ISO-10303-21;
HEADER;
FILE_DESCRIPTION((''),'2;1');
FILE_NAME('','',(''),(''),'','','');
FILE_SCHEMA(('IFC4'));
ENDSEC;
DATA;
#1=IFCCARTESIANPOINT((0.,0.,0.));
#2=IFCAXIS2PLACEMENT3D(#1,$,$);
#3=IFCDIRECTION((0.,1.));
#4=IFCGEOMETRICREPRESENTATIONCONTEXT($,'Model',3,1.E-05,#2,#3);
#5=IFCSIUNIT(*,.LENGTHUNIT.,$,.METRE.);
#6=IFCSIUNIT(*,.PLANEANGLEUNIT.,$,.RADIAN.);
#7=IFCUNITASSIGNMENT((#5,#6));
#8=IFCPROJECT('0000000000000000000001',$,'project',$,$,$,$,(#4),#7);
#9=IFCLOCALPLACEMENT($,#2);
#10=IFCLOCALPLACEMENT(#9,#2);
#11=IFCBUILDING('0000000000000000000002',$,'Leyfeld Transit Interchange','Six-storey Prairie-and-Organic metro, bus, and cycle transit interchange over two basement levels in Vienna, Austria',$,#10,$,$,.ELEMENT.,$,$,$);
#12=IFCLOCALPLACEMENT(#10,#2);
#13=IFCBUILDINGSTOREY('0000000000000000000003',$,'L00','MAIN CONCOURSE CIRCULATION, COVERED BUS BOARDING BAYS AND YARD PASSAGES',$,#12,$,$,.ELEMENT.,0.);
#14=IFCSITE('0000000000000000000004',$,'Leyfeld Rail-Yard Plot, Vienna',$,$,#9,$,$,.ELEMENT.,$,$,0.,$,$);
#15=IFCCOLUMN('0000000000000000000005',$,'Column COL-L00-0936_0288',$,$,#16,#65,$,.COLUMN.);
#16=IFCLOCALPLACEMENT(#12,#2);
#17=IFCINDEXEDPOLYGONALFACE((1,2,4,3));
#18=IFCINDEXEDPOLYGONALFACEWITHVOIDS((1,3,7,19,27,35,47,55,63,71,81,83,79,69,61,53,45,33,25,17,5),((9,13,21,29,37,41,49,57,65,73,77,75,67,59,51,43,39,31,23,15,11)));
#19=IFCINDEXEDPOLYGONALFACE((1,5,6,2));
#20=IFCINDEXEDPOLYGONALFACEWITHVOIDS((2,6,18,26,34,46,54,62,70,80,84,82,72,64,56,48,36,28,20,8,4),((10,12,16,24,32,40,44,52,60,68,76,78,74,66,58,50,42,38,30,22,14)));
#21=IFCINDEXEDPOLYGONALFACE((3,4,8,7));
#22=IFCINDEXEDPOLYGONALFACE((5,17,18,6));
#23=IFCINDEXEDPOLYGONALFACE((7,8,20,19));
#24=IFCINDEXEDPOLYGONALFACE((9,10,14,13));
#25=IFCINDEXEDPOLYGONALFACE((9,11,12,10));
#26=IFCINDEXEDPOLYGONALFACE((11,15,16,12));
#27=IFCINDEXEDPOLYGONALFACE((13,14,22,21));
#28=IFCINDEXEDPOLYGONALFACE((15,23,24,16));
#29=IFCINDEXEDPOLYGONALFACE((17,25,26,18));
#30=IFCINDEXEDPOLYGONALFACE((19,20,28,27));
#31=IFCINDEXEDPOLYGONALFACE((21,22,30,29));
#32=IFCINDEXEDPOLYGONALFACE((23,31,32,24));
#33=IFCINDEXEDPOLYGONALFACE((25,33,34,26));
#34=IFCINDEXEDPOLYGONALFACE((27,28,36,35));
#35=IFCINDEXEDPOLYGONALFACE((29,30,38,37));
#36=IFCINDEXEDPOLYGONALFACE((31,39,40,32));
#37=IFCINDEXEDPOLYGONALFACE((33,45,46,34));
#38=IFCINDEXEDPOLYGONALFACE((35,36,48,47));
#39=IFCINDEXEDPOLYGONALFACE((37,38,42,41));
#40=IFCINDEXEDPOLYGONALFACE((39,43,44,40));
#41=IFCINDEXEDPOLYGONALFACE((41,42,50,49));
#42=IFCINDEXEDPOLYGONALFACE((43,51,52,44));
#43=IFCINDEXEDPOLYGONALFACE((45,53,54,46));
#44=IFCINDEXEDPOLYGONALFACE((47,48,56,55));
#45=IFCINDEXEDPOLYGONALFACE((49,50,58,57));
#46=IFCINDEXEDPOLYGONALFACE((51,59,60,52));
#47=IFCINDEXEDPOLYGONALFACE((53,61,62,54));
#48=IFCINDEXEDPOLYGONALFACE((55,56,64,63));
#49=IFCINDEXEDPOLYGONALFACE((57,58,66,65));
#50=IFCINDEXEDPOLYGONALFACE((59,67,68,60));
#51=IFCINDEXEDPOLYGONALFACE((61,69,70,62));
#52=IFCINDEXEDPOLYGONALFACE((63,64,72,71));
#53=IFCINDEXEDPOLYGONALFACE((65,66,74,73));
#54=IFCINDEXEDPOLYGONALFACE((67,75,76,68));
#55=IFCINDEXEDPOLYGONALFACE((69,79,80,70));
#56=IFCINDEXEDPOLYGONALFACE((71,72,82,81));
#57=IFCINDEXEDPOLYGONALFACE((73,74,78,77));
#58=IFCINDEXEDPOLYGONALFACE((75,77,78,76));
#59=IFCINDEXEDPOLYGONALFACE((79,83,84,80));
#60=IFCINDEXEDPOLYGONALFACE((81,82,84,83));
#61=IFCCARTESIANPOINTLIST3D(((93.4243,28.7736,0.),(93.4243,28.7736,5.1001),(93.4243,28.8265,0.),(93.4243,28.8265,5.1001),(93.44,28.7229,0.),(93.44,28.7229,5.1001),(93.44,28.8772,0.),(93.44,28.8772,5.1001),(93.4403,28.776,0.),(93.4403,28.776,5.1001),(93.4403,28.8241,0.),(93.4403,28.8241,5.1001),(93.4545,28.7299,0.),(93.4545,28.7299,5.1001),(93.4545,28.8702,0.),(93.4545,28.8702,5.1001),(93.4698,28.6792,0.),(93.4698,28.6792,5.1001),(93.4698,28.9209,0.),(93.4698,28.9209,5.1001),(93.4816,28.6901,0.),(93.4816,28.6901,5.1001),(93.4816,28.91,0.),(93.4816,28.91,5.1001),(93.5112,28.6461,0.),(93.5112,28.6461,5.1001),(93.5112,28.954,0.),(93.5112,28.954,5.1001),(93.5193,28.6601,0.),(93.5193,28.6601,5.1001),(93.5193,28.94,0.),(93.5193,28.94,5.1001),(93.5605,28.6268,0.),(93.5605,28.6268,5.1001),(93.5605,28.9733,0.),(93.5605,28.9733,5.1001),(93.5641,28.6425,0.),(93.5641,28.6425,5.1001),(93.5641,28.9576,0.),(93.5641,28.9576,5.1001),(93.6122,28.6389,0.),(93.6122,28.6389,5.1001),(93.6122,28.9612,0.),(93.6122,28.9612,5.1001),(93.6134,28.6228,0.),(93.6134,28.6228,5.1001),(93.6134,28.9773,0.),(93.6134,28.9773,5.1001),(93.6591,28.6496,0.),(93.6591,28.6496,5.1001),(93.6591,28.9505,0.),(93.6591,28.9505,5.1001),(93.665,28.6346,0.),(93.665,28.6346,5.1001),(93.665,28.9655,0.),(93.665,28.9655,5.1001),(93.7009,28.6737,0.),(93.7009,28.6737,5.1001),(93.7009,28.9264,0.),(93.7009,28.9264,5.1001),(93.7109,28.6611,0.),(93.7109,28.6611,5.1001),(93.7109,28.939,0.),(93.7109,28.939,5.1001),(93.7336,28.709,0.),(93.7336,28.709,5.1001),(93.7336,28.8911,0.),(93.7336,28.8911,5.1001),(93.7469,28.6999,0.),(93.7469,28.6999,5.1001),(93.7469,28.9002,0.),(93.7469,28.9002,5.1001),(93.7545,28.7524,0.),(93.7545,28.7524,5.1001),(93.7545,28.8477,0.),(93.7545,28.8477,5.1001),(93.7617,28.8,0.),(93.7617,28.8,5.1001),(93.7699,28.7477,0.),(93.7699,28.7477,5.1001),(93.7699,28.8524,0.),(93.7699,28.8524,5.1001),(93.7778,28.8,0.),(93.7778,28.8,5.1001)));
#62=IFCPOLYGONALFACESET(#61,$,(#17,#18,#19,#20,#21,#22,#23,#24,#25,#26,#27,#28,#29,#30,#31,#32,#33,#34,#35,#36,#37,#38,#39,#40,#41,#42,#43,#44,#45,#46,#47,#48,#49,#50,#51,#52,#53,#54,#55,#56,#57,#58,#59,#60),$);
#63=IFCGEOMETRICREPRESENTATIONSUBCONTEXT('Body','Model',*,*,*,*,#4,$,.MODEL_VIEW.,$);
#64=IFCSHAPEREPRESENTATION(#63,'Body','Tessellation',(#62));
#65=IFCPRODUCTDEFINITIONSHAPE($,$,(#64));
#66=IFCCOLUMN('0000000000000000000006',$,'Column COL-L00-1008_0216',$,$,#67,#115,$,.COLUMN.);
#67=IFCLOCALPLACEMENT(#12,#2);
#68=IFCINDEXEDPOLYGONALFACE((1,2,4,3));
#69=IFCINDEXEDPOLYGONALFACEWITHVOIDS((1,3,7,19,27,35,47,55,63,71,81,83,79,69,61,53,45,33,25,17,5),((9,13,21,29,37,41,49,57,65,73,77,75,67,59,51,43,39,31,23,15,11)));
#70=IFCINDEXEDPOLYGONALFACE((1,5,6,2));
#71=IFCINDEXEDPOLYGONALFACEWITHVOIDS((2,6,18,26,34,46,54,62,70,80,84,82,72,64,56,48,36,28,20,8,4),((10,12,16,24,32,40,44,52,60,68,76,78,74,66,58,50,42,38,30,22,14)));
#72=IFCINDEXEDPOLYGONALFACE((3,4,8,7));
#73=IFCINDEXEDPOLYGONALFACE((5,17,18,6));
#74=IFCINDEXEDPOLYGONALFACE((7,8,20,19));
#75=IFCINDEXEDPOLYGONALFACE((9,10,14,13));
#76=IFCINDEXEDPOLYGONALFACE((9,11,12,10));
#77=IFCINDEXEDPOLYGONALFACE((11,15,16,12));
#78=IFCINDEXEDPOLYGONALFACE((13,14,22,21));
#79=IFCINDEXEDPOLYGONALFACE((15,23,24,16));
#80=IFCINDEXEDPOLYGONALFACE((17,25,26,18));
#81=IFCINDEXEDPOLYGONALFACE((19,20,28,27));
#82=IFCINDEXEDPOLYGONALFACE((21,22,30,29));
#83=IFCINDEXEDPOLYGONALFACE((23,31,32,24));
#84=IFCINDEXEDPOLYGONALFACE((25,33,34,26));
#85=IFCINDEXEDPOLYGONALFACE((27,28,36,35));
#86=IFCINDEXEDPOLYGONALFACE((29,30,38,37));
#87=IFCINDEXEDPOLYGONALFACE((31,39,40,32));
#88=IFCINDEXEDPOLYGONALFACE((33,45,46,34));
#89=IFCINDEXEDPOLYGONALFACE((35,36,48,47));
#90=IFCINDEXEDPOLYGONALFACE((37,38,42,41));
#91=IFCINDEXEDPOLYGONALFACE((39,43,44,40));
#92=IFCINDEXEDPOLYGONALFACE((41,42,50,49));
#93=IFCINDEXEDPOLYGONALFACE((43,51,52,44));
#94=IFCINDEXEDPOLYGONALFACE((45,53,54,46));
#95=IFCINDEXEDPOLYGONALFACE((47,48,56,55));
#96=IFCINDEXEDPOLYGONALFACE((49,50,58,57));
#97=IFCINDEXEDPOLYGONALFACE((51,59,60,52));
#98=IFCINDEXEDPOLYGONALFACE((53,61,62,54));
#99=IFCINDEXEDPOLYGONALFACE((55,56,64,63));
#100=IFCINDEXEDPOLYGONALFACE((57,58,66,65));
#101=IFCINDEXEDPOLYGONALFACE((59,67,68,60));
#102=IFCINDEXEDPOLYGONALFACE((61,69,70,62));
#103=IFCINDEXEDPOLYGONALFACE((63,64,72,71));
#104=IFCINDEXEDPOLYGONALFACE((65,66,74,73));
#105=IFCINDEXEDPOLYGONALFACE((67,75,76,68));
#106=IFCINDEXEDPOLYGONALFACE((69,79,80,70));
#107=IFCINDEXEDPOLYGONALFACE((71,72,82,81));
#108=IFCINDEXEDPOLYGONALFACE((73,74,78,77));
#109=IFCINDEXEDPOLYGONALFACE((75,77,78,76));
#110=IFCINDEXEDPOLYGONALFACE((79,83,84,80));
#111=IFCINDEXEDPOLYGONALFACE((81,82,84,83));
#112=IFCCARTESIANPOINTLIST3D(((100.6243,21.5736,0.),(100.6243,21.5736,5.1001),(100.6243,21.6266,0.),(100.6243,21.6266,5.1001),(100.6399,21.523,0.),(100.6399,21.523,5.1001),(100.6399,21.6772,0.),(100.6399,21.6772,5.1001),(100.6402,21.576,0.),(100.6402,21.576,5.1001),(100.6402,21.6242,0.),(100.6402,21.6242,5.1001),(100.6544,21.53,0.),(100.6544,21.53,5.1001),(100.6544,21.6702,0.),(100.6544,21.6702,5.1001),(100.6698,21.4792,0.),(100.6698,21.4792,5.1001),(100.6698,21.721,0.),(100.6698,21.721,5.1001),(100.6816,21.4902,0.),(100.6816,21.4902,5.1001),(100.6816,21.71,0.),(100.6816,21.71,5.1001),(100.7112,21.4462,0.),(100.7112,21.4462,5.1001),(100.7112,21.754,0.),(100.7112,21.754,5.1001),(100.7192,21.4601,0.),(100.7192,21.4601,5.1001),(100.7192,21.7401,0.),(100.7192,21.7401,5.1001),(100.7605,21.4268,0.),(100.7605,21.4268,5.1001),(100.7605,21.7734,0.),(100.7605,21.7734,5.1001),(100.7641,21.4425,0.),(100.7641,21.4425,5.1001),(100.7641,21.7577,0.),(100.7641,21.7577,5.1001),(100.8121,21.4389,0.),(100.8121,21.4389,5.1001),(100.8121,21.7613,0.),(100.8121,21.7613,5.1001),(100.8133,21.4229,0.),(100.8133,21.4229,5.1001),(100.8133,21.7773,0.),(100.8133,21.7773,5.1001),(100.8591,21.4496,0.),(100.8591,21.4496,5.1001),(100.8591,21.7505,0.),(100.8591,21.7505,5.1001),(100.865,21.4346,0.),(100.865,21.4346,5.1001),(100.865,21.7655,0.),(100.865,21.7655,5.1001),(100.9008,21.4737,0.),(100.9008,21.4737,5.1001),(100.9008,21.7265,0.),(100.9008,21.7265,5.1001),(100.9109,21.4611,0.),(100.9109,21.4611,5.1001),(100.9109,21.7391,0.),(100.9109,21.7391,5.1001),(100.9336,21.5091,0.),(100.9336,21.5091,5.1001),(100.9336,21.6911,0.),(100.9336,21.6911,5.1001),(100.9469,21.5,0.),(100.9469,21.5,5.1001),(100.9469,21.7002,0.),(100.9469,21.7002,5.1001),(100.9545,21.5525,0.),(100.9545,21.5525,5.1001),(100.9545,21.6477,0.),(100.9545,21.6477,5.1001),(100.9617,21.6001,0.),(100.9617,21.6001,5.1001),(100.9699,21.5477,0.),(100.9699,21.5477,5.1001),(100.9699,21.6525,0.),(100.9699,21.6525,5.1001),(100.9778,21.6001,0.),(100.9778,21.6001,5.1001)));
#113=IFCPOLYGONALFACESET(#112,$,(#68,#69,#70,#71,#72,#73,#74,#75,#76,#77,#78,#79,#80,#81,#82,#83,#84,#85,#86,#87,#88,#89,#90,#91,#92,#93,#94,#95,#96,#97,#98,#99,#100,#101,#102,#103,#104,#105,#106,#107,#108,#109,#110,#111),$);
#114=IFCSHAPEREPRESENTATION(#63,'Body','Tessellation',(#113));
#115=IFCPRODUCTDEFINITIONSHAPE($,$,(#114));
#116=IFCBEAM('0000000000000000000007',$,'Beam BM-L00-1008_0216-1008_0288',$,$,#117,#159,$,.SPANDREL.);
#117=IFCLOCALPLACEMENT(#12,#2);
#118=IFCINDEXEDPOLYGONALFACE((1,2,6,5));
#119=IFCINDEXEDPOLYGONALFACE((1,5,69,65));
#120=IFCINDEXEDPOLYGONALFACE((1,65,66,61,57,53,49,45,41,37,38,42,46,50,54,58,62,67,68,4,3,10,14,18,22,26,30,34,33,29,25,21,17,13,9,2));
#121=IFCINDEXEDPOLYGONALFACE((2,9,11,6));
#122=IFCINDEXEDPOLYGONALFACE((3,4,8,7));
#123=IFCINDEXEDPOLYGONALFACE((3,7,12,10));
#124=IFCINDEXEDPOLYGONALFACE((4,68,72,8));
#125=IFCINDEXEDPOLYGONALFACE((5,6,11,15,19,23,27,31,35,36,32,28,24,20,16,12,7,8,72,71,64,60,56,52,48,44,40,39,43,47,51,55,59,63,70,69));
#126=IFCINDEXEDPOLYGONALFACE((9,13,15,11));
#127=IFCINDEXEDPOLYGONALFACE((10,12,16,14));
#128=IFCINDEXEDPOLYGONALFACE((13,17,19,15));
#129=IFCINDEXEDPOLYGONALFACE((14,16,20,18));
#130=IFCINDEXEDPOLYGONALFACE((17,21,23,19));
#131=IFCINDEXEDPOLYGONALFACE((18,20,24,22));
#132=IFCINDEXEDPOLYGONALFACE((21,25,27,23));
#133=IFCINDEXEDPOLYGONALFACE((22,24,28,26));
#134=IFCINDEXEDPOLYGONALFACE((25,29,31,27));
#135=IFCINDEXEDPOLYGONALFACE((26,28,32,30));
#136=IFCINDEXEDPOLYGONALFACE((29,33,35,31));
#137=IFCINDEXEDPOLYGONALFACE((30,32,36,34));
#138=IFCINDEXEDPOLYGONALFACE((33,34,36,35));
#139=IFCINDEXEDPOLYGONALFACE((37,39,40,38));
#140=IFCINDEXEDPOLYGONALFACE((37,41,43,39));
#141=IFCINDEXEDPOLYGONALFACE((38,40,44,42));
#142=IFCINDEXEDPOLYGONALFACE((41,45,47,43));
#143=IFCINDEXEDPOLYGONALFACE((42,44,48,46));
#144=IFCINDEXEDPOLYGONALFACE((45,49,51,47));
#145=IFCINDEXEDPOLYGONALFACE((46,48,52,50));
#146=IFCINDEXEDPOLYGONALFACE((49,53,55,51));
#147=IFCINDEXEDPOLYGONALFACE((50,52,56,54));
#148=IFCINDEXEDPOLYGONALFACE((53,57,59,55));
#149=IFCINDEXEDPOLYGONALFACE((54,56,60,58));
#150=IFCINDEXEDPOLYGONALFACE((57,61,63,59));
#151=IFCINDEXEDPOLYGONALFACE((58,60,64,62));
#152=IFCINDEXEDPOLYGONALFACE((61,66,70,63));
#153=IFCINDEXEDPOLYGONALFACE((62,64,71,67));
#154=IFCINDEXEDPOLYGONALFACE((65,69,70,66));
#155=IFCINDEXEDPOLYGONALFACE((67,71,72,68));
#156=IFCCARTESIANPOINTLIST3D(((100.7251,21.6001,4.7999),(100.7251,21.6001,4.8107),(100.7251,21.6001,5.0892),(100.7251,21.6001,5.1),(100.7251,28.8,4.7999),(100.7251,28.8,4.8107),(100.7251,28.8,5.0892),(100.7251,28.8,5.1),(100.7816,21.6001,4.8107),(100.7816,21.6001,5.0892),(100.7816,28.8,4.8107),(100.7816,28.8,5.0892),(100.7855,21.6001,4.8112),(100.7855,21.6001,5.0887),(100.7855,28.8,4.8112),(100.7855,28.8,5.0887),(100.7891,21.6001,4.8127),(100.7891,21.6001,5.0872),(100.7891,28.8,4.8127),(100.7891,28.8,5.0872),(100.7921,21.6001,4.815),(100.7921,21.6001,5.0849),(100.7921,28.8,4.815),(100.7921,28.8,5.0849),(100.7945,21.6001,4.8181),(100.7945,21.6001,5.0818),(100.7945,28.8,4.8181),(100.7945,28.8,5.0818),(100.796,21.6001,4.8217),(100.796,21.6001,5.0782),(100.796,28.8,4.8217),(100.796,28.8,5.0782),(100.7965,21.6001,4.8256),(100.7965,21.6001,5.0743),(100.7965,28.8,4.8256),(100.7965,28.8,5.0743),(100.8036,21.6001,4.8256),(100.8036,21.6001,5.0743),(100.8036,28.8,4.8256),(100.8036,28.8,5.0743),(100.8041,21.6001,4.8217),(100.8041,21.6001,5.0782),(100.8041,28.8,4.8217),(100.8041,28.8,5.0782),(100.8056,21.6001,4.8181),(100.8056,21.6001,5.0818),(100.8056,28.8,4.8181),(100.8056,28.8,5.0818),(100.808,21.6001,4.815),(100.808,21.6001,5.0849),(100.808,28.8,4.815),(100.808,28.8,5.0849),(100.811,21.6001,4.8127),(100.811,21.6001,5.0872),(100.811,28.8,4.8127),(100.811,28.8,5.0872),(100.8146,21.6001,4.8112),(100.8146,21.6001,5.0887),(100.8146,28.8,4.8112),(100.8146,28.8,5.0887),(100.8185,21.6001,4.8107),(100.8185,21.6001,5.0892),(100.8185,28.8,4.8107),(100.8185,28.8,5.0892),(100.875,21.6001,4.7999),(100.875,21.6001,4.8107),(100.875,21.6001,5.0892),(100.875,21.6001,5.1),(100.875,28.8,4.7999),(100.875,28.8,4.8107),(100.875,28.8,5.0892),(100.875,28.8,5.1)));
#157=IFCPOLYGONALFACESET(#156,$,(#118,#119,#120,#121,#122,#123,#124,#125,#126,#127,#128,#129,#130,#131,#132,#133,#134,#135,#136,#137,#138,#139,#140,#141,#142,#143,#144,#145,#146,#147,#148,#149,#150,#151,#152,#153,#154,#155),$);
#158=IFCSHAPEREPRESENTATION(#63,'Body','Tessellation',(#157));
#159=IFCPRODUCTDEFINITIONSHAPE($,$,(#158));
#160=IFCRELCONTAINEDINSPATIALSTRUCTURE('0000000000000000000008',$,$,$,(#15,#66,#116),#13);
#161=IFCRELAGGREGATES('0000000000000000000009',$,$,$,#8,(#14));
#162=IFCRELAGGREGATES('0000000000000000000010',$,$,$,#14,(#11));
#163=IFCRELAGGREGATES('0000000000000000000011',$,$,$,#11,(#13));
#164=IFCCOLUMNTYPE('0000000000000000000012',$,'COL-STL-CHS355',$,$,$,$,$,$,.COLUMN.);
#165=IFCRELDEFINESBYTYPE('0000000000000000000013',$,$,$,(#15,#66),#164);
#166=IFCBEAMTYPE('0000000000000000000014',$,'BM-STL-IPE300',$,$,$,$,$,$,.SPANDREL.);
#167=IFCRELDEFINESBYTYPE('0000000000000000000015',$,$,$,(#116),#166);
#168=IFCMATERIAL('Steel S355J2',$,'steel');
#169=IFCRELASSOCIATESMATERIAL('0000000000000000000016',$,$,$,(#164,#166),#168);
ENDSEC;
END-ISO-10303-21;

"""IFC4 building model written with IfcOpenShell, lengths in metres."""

from ifc_helpers import new_model, si_unit, direction, frame, origin, origin_2d, place, context, subcontext, project, spatial, hollow_circle, i_section, extrude, material, material_profile, profile_set, type_object, element, save


model = new_model("IFC4")

# Units and contexts
model_context = context("Model", 3, precision=1e-05, world=origin(), true_north=direction((0.0, 1.0)))
body_context = subcontext(model_context, "Body", "Model", "MODEL_VIEW")
ifc_project = project(units=[si_unit("LENGTHUNIT", "METRE"), si_unit("PLANEANGLEUNIT", "RADIAN")], contexts=[model_context])

# Site, building, storey
site_placement = place(None, origin())
site = spatial("IfcSite", under=ifc_project, at=site_placement, Name="Leyfeld Rail-Yard Plot, Vienna", CompositionType="ELEMENT", RefElevation=0.0)
building_placement = place(site_placement, origin())
building = spatial("IfcBuilding", under=site, at=building_placement, Name="Leyfeld Transit Interchange", Description="Six-storey Prairie-and-Organic metro, bus, and cycle transit interchange over two basement levels in Vienna, Austria", CompositionType="ELEMENT")
storey_placement = place(building_placement, origin())
storey = spatial("IfcBuildingStorey", under=building, at=storey_placement, Name="L00", Description="MAIN CONCOURSE CIRCULATION, COVERED BUS BOARDING BAYS AND YARD PASSAGES", CompositionType="ELEMENT", Elevation=0.0)

# Columns
ifc_material_1 = material(Name="Steel S355J2", Category="steel")
ifc_material_profile_1 = material_profile(ifc_material_1, hollow_circle(Radius=0.1777, WallThickness=0.0161, at=origin_2d()), Name="CHS 355.6x16")
ifc_profile_set_1 = profile_set([ifc_material_profile_1], Name="Steel S355J2")
column_type = type_object("IfcColumnType", Name="COL-STL-CHS355", PredefinedType="COLUMN", material=ifc_profile_set_1)
for number, where, z_axis, x_axis, name in (
    (1, (93.6001, 28.8, 0.0), (0.0, 0.0, 1.0), (1.0, 0.0, 0.0), "Column COL-L00-0936_0288"),
    (2, (100.8, 21.6001, 0.0), (0.0, 0.0, 1.0), (1.0, 0.0, 0.0), "Column COL-L00-1008_0216"),
):
    element("IfcColumn", number, at=place(storey_placement, frame(where, z_axis=z_axis, x_axis=x_axis)), inside=storey, type_object=column_type, Name=name, PredefinedType="COLUMN", context=body_context, shape_type="SweptSolid", body=[
        extrude(hollow_circle(Radius=0.1777, WallThickness=0.0161, at=origin_2d()), origin(), (0.0, 0.0, 1.0), 5.1001),
    ])

# Beam
ifc_material_profile_2 = material_profile(ifc_material_1, i_section(OverallWidth=0.1499, OverallDepth=0.3, WebThickness=0.0071, FlangeThickness=0.0107, FilletRadius=0.0149, at=origin_2d()), Name="IPE 300")
ifc_profile_set_2 = profile_set([ifc_material_profile_2], Name="Steel S355J2")
beam_type_1 = type_object("IfcBeamType", Name="BM-STL-IPE300", PredefinedType="SPANDREL", material=ifc_profile_set_2)
beam_placement = place(storey_placement, frame((100.8, 21.6001, 4.95), z_axis=(0.0, 1.0, 0.0), x_axis=(-1.0, 0.0, 0.0)))
element("IfcBeam", 3, at=beam_placement, inside=storey, type_object=beam_type_1, Name="Beam BM-L00-1008_0216-1008_0288", PredefinedType="SPANDREL", context=body_context, shape_type="SweptSolid", body=[
    extrude(i_section(OverallWidth=0.1499, OverallDepth=0.3, WebThickness=0.0071, FlangeThickness=0.0107, FilletRadius=0.0149, at=origin_2d()), origin(), (0.0, 0.0, 1.0), 7.2),
])

save(model, "model.ifc")
